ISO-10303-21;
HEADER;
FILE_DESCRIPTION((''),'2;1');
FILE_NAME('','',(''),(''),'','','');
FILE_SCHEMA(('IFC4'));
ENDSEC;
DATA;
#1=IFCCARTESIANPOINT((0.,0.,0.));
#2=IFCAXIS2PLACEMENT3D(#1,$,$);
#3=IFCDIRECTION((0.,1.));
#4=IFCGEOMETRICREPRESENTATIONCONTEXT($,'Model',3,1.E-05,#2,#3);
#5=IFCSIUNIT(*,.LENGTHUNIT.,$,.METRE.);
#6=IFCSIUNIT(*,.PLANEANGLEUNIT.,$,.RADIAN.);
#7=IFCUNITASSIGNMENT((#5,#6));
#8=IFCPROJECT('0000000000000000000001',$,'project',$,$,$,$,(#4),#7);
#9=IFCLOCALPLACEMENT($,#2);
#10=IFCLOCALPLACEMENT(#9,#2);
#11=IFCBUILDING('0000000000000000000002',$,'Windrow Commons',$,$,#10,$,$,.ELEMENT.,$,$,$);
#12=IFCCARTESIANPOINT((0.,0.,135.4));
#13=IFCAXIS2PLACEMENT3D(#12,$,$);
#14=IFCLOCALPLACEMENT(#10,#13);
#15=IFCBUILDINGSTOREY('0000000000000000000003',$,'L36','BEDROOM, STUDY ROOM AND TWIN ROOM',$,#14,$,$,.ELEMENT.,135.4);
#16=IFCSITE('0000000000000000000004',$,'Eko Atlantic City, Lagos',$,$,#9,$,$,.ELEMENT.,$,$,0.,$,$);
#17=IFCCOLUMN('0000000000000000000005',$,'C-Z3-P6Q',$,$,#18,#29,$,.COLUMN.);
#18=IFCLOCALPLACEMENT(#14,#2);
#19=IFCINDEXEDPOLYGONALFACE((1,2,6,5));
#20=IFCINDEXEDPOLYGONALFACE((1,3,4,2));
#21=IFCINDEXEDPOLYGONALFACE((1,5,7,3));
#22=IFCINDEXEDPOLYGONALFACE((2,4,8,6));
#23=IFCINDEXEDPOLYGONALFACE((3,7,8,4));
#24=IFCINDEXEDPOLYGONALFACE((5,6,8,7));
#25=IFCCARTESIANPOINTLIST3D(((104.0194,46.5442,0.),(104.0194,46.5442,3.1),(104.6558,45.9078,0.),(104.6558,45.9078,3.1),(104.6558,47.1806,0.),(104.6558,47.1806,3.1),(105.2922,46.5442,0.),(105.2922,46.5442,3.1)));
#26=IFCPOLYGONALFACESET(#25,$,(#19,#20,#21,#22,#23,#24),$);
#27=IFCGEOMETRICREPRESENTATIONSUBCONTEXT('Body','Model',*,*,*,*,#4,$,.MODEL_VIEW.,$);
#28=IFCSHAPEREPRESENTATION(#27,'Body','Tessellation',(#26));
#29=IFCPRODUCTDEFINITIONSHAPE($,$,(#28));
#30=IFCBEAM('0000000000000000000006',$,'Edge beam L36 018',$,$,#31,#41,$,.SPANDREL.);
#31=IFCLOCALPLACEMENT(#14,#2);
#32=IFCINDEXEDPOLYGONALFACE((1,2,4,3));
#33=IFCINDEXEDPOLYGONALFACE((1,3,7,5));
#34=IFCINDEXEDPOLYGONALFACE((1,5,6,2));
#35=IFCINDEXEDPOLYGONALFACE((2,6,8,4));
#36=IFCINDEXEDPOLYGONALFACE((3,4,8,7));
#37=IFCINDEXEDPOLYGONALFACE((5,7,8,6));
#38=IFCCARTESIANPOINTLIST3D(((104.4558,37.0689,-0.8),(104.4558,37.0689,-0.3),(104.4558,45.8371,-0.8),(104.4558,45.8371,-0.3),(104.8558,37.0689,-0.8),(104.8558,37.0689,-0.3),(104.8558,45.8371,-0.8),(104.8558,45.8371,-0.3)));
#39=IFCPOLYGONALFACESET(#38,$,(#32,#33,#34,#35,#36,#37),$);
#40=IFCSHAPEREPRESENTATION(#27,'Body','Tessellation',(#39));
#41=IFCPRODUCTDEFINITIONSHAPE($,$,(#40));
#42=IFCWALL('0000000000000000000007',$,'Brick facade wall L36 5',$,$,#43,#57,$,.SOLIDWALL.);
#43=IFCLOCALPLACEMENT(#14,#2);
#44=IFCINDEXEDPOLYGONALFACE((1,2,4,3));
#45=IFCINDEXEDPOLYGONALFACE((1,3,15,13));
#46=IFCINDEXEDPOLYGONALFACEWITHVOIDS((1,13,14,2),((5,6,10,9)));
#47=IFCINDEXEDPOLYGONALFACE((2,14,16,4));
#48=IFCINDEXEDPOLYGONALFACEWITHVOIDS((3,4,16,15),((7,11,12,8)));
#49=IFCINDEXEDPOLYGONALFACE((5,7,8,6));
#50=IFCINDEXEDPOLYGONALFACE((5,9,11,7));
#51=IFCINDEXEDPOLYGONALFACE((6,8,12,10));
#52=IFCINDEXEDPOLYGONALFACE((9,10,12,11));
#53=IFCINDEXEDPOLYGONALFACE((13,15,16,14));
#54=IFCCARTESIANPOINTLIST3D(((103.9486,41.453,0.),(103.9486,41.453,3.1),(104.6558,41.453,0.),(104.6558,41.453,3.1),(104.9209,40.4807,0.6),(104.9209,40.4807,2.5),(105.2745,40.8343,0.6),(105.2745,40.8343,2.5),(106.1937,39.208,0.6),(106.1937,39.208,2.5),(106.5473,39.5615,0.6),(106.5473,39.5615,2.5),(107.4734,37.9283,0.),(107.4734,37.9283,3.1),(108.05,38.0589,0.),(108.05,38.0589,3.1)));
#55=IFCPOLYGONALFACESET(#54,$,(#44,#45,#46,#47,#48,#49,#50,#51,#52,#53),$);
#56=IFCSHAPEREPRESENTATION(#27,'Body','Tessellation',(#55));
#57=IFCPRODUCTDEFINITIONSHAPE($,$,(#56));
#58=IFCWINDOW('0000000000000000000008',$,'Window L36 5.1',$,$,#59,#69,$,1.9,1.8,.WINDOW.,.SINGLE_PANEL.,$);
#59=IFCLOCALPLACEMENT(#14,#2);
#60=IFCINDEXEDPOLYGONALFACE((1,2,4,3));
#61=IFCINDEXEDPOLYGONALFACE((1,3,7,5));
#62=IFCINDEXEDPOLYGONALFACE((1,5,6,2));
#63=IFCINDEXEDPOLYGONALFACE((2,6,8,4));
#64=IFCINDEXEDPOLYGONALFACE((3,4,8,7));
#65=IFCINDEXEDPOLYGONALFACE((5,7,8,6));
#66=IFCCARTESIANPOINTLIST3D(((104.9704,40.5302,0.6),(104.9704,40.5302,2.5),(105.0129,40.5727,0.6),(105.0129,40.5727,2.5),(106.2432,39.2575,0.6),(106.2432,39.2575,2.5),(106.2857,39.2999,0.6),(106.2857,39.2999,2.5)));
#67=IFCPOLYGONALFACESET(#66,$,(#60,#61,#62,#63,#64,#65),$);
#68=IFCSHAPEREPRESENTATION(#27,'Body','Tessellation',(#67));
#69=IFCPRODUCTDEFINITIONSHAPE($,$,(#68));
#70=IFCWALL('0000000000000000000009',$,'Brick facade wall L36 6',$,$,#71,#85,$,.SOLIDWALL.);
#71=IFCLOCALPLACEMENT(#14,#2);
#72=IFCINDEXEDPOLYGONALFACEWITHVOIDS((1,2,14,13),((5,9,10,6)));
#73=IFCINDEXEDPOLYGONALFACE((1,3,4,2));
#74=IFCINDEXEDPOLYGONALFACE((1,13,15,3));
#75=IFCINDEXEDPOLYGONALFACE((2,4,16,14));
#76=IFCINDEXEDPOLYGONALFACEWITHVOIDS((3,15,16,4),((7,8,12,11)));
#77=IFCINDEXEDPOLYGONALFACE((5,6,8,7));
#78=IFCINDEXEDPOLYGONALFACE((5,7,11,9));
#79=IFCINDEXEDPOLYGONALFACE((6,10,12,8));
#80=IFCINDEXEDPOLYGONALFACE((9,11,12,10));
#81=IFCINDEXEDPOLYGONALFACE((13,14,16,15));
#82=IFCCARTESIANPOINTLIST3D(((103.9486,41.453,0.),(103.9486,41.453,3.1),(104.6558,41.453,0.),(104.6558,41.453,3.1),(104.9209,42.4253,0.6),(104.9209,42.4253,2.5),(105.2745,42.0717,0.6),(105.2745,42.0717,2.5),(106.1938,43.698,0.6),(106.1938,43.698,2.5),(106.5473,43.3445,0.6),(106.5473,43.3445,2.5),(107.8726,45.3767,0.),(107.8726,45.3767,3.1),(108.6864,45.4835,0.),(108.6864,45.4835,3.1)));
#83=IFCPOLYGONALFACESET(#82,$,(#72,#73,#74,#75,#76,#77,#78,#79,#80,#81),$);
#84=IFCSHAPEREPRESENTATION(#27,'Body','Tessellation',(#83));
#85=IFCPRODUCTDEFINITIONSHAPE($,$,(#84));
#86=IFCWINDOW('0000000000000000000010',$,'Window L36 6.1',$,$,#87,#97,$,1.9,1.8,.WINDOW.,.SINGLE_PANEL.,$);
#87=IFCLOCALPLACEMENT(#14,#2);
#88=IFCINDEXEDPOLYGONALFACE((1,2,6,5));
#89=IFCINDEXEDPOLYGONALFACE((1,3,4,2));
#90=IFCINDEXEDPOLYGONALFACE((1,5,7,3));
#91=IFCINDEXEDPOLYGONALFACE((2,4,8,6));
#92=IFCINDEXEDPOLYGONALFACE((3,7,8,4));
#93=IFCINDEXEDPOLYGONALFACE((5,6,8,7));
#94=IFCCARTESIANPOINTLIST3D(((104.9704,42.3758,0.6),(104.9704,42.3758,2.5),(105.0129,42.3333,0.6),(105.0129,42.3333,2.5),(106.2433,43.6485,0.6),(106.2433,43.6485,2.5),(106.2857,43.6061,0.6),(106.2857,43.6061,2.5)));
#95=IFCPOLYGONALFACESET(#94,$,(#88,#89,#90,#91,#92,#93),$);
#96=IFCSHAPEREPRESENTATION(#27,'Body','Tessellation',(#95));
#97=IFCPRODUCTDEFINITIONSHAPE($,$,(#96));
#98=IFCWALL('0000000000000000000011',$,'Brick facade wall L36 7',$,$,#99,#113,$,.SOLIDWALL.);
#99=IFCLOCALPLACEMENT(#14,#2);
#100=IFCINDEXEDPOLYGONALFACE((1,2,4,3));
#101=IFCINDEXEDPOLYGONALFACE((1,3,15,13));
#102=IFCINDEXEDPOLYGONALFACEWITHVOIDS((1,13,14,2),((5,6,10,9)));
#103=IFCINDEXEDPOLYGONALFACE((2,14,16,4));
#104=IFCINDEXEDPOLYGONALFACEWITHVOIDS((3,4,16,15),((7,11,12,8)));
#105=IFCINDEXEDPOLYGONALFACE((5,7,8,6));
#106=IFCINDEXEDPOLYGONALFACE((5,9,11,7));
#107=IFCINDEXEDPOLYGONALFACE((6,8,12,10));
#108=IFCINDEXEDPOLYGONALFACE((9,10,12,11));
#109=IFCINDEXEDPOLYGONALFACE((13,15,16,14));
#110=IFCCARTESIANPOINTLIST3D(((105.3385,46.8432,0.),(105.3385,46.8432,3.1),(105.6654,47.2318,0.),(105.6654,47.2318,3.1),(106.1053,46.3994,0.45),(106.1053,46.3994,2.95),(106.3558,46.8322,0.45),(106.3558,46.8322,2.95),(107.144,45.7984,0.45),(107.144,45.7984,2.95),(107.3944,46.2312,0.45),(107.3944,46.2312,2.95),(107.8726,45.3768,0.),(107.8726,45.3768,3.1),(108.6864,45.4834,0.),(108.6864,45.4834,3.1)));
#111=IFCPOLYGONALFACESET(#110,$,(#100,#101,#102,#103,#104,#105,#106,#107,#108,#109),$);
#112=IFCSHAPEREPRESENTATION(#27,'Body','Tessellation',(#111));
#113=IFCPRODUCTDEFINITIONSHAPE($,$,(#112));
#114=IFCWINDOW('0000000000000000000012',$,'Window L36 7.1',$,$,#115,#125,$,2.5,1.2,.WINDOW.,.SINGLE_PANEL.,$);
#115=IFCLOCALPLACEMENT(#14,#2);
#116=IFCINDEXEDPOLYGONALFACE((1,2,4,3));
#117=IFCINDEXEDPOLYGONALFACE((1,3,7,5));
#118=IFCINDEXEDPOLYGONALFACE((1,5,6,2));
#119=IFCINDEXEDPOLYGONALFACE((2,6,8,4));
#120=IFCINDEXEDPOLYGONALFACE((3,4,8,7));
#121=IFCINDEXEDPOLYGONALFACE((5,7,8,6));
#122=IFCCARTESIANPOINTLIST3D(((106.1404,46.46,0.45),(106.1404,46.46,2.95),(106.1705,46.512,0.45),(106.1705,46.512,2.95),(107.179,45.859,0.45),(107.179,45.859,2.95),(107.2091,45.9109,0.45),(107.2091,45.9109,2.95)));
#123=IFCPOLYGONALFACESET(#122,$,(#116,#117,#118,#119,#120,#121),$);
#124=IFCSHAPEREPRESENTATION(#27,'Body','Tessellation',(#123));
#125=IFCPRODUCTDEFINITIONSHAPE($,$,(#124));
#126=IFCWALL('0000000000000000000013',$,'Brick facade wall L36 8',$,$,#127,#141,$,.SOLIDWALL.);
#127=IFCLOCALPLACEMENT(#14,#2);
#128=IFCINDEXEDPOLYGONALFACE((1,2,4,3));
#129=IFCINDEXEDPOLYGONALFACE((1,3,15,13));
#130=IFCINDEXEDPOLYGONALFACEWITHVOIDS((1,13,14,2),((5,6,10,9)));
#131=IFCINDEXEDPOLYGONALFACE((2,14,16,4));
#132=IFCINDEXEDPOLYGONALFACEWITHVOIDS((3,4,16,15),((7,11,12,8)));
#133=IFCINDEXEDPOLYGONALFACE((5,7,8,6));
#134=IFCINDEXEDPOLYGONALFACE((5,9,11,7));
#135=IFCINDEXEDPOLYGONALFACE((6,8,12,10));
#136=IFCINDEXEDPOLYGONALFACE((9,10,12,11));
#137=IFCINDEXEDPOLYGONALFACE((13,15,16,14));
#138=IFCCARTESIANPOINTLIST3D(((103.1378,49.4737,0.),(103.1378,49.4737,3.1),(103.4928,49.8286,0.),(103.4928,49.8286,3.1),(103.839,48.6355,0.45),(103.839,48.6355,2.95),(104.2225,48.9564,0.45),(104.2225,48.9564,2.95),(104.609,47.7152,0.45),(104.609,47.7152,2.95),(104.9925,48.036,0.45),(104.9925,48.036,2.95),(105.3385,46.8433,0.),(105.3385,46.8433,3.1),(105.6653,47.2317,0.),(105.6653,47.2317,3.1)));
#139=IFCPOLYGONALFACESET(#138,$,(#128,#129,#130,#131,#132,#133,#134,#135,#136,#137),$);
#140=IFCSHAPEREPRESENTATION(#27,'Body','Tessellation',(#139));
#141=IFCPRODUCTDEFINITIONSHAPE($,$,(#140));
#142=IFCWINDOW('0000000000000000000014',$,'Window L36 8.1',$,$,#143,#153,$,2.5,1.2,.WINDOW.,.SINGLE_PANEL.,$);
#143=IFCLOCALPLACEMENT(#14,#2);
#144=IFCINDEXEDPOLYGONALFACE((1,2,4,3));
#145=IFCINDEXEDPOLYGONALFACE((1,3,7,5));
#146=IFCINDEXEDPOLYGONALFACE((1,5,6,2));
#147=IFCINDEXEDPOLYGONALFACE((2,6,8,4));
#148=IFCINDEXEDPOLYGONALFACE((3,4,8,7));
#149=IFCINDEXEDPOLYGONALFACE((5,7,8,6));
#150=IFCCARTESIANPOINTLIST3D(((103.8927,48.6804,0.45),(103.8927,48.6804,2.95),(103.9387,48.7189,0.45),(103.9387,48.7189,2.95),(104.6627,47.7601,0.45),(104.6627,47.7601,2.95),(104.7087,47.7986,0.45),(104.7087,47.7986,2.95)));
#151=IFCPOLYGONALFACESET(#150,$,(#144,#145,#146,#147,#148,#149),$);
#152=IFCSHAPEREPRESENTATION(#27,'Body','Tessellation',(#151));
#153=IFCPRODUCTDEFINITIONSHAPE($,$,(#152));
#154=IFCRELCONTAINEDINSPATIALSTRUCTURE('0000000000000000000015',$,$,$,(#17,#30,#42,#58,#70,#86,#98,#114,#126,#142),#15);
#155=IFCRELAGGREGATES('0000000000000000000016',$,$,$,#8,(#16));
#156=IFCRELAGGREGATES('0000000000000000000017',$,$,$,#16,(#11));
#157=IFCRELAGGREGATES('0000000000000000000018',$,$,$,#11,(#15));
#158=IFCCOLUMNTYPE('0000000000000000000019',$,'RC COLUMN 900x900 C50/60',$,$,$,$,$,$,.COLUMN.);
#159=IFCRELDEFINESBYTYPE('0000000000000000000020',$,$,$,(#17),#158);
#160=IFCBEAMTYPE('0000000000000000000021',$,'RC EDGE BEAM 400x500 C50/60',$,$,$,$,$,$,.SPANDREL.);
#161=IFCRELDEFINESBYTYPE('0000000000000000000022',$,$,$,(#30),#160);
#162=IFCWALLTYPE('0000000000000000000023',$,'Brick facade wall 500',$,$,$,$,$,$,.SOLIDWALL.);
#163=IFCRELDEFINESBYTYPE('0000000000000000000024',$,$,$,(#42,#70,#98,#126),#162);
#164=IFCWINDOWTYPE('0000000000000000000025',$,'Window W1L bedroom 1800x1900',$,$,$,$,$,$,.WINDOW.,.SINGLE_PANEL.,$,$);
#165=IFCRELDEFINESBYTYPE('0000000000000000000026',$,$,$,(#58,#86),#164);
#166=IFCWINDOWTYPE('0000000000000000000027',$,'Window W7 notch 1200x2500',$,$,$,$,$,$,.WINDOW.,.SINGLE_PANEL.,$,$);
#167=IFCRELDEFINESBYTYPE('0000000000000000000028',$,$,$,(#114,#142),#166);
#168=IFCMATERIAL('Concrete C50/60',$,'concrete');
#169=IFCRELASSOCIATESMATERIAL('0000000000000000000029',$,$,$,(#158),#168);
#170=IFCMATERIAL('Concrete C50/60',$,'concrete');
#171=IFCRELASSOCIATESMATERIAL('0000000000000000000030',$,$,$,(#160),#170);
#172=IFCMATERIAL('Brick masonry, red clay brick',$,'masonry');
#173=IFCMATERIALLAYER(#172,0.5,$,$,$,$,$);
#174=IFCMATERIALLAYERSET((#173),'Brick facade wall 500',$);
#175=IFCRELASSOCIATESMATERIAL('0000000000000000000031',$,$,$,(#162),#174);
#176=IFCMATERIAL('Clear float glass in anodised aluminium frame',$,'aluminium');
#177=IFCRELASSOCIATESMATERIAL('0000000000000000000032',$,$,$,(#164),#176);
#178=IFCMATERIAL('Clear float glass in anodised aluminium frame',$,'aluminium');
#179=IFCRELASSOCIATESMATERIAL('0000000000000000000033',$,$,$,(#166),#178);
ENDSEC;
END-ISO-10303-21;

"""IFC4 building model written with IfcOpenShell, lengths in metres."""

from ifc_helpers import new_model, si_unit, direction, frame, frame_2d, origin, origin_2d, place, context, subcontext, project, spatial, polyline, rectangle, outline, extrude, material, layer, layer_set, material_profile, profile_set, type_object, element, fill, save


model = new_model("IFC4")

# Units and contexts
model_context = context("Model", 3, precision=1e-05, world=origin(), true_north=direction((0.0, 1.0)))
body_context = subcontext(model_context, "Body", "Model", "MODEL_VIEW")
ifc_project = project(units=[si_unit("LENGTHUNIT", "METRE"), si_unit("PLANEANGLEUNIT", "RADIAN")], contexts=[model_context])

# Site, building, storey
site_placement = place(None, origin())
site = spatial("IfcSite", under=ifc_project, at=site_placement, Name="Eko Atlantic City, Lagos", CompositionType="ELEMENT", RefElevation=0.0)
building_placement = place(site_placement, origin())
building = spatial("IfcBuilding", under=site, at=building_placement, Name="Windrow Commons", CompositionType="ELEMENT")
storey_placement = place(building_placement, frame((0.0, 0.0, 135.4)))
storey = spatial("IfcBuildingStorey", under=building, at=storey_placement, Name="L36", Description="BEDROOM, STUDY ROOM AND TWIN ROOM", CompositionType="ELEMENT", Elevation=135.4)

# Column
ifc_material_1 = material(Name="Concrete C50/60", Category="concrete")
ifc_material_profile_1 = material_profile(ifc_material_1, rectangle(XDim=0.9, YDim=0.9, at=origin_2d()))
ifc_profile_set_1 = profile_set([ifc_material_profile_1], Name="Concrete C50/60")
column_type = type_object("IfcColumnType", Name="RC COLUMN 900x900 C50/60", PredefinedType="COLUMN", material=ifc_profile_set_1)
column_placement = place(storey_placement, frame((104.6558, 46.5442, 0.0), z_axis=(0.0, 0.0, 1.0), x_axis=(0.707107, -0.707107, 0.0)))
element("IfcColumn", 1, at=column_placement, inside=storey, type_object=column_type, Name="C-Z3-P6Q", PredefinedType="COLUMN", context=body_context, shape_type="SweptSolid", body=[
    extrude(rectangle(XDim=0.9, YDim=0.9, at=origin_2d()), origin(), (0.0, 0.0, 1.0), 3.1),
])

# Beam
ifc_material_2 = material(Name="Concrete C50/60", Category="concrete")
ifc_material_profile_2 = material_profile(ifc_material_2, rectangle(XDim=0.4, YDim=0.5, at=origin_2d()))
ifc_profile_set_2 = profile_set([ifc_material_profile_2], Name="Concrete C50/60")
beam_type = type_object("IfcBeamType", Name="RC EDGE BEAM 400x500 C50/60", PredefinedType="SPANDREL", material=ifc_profile_set_2)
beam_placement = place(storey_placement, frame((104.6558, 45.8371, -0.55), z_axis=(0.0, -1.0, 0.0), x_axis=(1.0, 0.0, 0.0)))
element("IfcBeam", 2, at=beam_placement, inside=storey, type_object=beam_type, Name="Edge beam L36 018", PredefinedType="SPANDREL", context=body_context, shape_type="SweptSolid", body=[
    extrude(rectangle(XDim=0.4, YDim=0.5, at=origin_2d()), origin(), (0.0, 0.0, 1.0), 8.7682),
])

# Walls, openings, windows
ifc_material_3 = material(Name="Brick masonry, red clay brick", Category="masonry")
ifc_layer_1 = layer(ifc_material_3, 0.5)
ifc_layer_set_1 = layer_set([ifc_layer_1], Name="Brick facade wall 500")
wall_type_1 = type_object("IfcWallType", Name="Brick facade wall 500", PredefinedType="SOLIDWALL", material=ifc_layer_set_1)
wall_1_placement = place(storey_placement, frame((107.7617, 37.9936, 0.0), z_axis=(0.0, 0.0, 1.0), x_axis=(-0.707117, 0.707097, 0.0)))
wall_1 = element("IfcWall", 3, at=wall_1_placement, inside=storey, type_object=wall_type_1, Name="Brick facade wall L36 5", PredefinedType="SOLIDWALL", context=body_context, shape_type="SweptSolid", body=[
    extrude(outline(polyline([(-0.1577, -0.25), (4.6424, -0.25), (5.1424, 0.25), (0.1577, 0.25), (-0.1577, -0.25)])), origin(), (0.0, 0.0, 1.0), 3.1),
])
opening_1_placement = place(wall_1_placement, frame((1.9674, 0.0, 0.6)))
opening_1 = element("IfcOpeningElement", 4, at=opening_1_placement, cuts=wall_1, PredefinedType="OPENING", context=body_context, shape_type="SweptSolid", body=[
    extrude(rectangle(XDim=1.8, YDim=1.9, at=frame_2d((0.9, 0.95))), frame((0.0, 0.26, 0.0), z_axis=(0.0, -1.0, 0.0), x_axis=(1.0, 0.0, 0.0)), (0.0, 0.0, 1.0), 0.52),
])
ifc_material_4 = material(Name="Clear float glass in anodised aluminium frame", Category="aluminium")
window_type_1 = type_object("IfcWindowType", Name="Window W1L bedroom 1800x1900", PartitioningType="SINGLE_PANEL", PredefinedType="WINDOW", material=ifc_material_4)
window_1_placement = place(opening_1_placement, origin())
window_1 = element("IfcWindow", 5, at=window_1_placement, inside=storey, type_object=window_type_1, Name="Window L36 5.1", OverallHeight=1.9, OverallWidth=1.8, PartitioningType="SINGLE_PANEL", PredefinedType="WINDOW", context=body_context, shape_type="SweptSolid", body=[
    extrude(rectangle(XDim=1.8, YDim=1.9, at=frame_2d((0.9, 0.95))), frame((0.0, 0.18, 0.0), z_axis=(0.0, -1.0, 0.0), x_axis=(1.0, 0.0, 0.0)), (0.0, 0.0, 1.0), 0.06),
])
fill(opening_1, window_1)
wall_2_placement = place(storey_placement, frame((104.3022, 41.453, 0.0), z_axis=(0.0, 0.0, 1.0), x_axis=(0.707125, 0.707089, 0.0)))
wall_2 = element("IfcWall", 6, at=wall_2_placement, inside=storey, type_object=wall_type_1, Name="Brick facade wall L36 6", PredefinedType="SOLIDWALL", context=body_context, shape_type="SweptSolid", body=[
    extrude(outline(polyline([(0.25, -0.25), (5.9501, -0.25), (5.2991, 0.25), (-0.25, 0.25), (0.25, -0.25)])), origin(), (0.0, 0.0, 1.0), 3.1),
])
opening_2_placement = place(wall_2_placement, frame((1.125, 0.0, 0.6)))
opening_2 = element("IfcOpeningElement", 7, at=opening_2_placement, cuts=wall_2, PredefinedType="OPENING", context=body_context, shape_type="SweptSolid", body=[
    extrude(rectangle(XDim=1.8, YDim=1.9, at=frame_2d((0.9, 0.95))), frame((0.0, 0.26, 0.0), z_axis=(0.0, -1.0, 0.0), x_axis=(1.0, 0.0, 0.0)), (0.0, 0.0, 1.0), 0.52),
])
window_2_placement = place(opening_2_placement, origin())
window_2 = element("IfcWindow", 8, at=window_2_placement, inside=storey, type_object=window_type_1, Name="Window L36 6.1", OverallHeight=1.9, OverallWidth=1.8, PartitioningType="SINGLE_PANEL", PredefinedType="WINDOW", context=body_context, shape_type="SweptSolid", body=[
    extrude(rectangle(XDim=1.8, YDim=1.9, at=frame_2d((0.9, 0.95))), frame((0.0, 0.18, 0.0), z_axis=(0.0, -1.0, 0.0), x_axis=(1.0, 0.0, 0.0)), (0.0, 0.0, 1.0), 0.06),
])
fill(opening_2, window_2)
wall_3_placement = place(storey_placement, frame((108.2795, 45.4301, 0.0), z_axis=(0.0, 0.0, 1.0), x_axis=(-0.865519, 0.500877, 0.0)))
wall_3 = element("IfcWall", 9, at=wall_3_placement, inside=storey, type_object=wall_type_1, Name="Brick facade wall L36 7", PredefinedType="SOLIDWALL", context=body_context, shape_type="SweptSolid", body=[
    extrude(outline(polyline([(-0.3255, -0.25), (3.165, -0.25), (3.2533, 0.25), (0.3255, 0.25), (-0.3255, -0.25)])), origin(), (0.0, 0.0, 1.0), 3.1),
])
opening_3_placement = place(wall_3_placement, frame((1.1673, 0.0, 0.45)))
opening_3 = element("IfcOpeningElement", 10, at=opening_3_placement, cuts=wall_3, PredefinedType="OPENING", context=body_context, shape_type="SweptSolid", body=[
    extrude(rectangle(XDim=1.2, YDim=2.5, at=frame_2d((0.6, 1.25))), frame((0.0, 0.26, 0.0), z_axis=(0.0, -1.0, 0.0), x_axis=(1.0, 0.0, 0.0)), (0.0, 0.0, 1.0), 0.52),
])
ifc_material_5 = material(Name="Clear float glass in anodised aluminium frame", Category="aluminium")
window_type_2 = type_object("IfcWindowType", Name="Window W7 notch 1200x2500", PartitioningType="SINGLE_PANEL", PredefinedType="WINDOW", material=ifc_material_5)
window_3_placement = place(opening_3_placement, origin())
window_3 = element("IfcWindow", 11, at=window_3_placement, inside=storey, type_object=window_type_2, Name="Window L36 7.1", OverallHeight=2.5, OverallWidth=1.2, PartitioningType="SINGLE_PANEL", PredefinedType="WINDOW", context=body_context, shape_type="SweptSolid", body=[
    extrude(rectangle(XDim=1.2, YDim=2.5, at=frame_2d((0.6, 1.25))), frame((0.0, 0.18, 0.0), z_axis=(0.0, -1.0, 0.0), x_axis=(1.0, 0.0, 0.0)), (0.0, 0.0, 1.0), 0.06),
])
fill(opening_3, window_3)
wall_4_placement = place(storey_placement, frame((105.5019, 47.0375, 0.0), z_axis=(0.0, 0.0, 1.0), x_axis=(-0.641675, 0.766976, 0.0)))
wall_4 = element("IfcWall", 12, at=wall_4_placement, inside=storey, type_object=wall_type_1, Name="Brick facade wall L36 8", PredefinedType="SOLIDWALL", context=body_context, shape_type="SweptSolid", body=[
    extrude(outline(polyline([(0.0441, -0.25), (3.4299, -0.25), (3.3855, 0.25), (-0.0441, 0.25), (0.0441, -0.25)])), origin(), (0.0, 0.0, 1.0), 3.1),
])
opening_4_placement = place(wall_4_placement, frame((1.0927, 0.0, 0.45)))
opening_4 = element("IfcOpeningElement", 13, at=opening_4_placement, cuts=wall_4, PredefinedType="OPENING", context=body_context, shape_type="SweptSolid", body=[
    extrude(rectangle(XDim=1.2, YDim=2.5, at=frame_2d((0.6, 1.25))), frame((0.0, 0.26, 0.0), z_axis=(0.0, -1.0, 0.0), x_axis=(1.0, 0.0, 0.0)), (0.0, 0.0, 1.0), 0.52),
])
window_4_placement = place(opening_4_placement, origin())
window_4 = element("IfcWindow", 14, at=window_4_placement, inside=storey, type_object=window_type_2, Name="Window L36 8.1", OverallHeight=2.5, OverallWidth=1.2, PartitioningType="SINGLE_PANEL", PredefinedType="WINDOW", context=body_context, shape_type="SweptSolid", body=[
    extrude(rectangle(XDim=1.2, YDim=2.5, at=frame_2d((0.6, 1.25))), frame((0.0, 0.18, 0.0), z_axis=(0.0, -1.0, 0.0), x_axis=(1.0, 0.0, 0.0)), (0.0, 0.0, 1.0), 0.06),
])
fill(opening_4, window_4)

save(model, "model.ifc")
